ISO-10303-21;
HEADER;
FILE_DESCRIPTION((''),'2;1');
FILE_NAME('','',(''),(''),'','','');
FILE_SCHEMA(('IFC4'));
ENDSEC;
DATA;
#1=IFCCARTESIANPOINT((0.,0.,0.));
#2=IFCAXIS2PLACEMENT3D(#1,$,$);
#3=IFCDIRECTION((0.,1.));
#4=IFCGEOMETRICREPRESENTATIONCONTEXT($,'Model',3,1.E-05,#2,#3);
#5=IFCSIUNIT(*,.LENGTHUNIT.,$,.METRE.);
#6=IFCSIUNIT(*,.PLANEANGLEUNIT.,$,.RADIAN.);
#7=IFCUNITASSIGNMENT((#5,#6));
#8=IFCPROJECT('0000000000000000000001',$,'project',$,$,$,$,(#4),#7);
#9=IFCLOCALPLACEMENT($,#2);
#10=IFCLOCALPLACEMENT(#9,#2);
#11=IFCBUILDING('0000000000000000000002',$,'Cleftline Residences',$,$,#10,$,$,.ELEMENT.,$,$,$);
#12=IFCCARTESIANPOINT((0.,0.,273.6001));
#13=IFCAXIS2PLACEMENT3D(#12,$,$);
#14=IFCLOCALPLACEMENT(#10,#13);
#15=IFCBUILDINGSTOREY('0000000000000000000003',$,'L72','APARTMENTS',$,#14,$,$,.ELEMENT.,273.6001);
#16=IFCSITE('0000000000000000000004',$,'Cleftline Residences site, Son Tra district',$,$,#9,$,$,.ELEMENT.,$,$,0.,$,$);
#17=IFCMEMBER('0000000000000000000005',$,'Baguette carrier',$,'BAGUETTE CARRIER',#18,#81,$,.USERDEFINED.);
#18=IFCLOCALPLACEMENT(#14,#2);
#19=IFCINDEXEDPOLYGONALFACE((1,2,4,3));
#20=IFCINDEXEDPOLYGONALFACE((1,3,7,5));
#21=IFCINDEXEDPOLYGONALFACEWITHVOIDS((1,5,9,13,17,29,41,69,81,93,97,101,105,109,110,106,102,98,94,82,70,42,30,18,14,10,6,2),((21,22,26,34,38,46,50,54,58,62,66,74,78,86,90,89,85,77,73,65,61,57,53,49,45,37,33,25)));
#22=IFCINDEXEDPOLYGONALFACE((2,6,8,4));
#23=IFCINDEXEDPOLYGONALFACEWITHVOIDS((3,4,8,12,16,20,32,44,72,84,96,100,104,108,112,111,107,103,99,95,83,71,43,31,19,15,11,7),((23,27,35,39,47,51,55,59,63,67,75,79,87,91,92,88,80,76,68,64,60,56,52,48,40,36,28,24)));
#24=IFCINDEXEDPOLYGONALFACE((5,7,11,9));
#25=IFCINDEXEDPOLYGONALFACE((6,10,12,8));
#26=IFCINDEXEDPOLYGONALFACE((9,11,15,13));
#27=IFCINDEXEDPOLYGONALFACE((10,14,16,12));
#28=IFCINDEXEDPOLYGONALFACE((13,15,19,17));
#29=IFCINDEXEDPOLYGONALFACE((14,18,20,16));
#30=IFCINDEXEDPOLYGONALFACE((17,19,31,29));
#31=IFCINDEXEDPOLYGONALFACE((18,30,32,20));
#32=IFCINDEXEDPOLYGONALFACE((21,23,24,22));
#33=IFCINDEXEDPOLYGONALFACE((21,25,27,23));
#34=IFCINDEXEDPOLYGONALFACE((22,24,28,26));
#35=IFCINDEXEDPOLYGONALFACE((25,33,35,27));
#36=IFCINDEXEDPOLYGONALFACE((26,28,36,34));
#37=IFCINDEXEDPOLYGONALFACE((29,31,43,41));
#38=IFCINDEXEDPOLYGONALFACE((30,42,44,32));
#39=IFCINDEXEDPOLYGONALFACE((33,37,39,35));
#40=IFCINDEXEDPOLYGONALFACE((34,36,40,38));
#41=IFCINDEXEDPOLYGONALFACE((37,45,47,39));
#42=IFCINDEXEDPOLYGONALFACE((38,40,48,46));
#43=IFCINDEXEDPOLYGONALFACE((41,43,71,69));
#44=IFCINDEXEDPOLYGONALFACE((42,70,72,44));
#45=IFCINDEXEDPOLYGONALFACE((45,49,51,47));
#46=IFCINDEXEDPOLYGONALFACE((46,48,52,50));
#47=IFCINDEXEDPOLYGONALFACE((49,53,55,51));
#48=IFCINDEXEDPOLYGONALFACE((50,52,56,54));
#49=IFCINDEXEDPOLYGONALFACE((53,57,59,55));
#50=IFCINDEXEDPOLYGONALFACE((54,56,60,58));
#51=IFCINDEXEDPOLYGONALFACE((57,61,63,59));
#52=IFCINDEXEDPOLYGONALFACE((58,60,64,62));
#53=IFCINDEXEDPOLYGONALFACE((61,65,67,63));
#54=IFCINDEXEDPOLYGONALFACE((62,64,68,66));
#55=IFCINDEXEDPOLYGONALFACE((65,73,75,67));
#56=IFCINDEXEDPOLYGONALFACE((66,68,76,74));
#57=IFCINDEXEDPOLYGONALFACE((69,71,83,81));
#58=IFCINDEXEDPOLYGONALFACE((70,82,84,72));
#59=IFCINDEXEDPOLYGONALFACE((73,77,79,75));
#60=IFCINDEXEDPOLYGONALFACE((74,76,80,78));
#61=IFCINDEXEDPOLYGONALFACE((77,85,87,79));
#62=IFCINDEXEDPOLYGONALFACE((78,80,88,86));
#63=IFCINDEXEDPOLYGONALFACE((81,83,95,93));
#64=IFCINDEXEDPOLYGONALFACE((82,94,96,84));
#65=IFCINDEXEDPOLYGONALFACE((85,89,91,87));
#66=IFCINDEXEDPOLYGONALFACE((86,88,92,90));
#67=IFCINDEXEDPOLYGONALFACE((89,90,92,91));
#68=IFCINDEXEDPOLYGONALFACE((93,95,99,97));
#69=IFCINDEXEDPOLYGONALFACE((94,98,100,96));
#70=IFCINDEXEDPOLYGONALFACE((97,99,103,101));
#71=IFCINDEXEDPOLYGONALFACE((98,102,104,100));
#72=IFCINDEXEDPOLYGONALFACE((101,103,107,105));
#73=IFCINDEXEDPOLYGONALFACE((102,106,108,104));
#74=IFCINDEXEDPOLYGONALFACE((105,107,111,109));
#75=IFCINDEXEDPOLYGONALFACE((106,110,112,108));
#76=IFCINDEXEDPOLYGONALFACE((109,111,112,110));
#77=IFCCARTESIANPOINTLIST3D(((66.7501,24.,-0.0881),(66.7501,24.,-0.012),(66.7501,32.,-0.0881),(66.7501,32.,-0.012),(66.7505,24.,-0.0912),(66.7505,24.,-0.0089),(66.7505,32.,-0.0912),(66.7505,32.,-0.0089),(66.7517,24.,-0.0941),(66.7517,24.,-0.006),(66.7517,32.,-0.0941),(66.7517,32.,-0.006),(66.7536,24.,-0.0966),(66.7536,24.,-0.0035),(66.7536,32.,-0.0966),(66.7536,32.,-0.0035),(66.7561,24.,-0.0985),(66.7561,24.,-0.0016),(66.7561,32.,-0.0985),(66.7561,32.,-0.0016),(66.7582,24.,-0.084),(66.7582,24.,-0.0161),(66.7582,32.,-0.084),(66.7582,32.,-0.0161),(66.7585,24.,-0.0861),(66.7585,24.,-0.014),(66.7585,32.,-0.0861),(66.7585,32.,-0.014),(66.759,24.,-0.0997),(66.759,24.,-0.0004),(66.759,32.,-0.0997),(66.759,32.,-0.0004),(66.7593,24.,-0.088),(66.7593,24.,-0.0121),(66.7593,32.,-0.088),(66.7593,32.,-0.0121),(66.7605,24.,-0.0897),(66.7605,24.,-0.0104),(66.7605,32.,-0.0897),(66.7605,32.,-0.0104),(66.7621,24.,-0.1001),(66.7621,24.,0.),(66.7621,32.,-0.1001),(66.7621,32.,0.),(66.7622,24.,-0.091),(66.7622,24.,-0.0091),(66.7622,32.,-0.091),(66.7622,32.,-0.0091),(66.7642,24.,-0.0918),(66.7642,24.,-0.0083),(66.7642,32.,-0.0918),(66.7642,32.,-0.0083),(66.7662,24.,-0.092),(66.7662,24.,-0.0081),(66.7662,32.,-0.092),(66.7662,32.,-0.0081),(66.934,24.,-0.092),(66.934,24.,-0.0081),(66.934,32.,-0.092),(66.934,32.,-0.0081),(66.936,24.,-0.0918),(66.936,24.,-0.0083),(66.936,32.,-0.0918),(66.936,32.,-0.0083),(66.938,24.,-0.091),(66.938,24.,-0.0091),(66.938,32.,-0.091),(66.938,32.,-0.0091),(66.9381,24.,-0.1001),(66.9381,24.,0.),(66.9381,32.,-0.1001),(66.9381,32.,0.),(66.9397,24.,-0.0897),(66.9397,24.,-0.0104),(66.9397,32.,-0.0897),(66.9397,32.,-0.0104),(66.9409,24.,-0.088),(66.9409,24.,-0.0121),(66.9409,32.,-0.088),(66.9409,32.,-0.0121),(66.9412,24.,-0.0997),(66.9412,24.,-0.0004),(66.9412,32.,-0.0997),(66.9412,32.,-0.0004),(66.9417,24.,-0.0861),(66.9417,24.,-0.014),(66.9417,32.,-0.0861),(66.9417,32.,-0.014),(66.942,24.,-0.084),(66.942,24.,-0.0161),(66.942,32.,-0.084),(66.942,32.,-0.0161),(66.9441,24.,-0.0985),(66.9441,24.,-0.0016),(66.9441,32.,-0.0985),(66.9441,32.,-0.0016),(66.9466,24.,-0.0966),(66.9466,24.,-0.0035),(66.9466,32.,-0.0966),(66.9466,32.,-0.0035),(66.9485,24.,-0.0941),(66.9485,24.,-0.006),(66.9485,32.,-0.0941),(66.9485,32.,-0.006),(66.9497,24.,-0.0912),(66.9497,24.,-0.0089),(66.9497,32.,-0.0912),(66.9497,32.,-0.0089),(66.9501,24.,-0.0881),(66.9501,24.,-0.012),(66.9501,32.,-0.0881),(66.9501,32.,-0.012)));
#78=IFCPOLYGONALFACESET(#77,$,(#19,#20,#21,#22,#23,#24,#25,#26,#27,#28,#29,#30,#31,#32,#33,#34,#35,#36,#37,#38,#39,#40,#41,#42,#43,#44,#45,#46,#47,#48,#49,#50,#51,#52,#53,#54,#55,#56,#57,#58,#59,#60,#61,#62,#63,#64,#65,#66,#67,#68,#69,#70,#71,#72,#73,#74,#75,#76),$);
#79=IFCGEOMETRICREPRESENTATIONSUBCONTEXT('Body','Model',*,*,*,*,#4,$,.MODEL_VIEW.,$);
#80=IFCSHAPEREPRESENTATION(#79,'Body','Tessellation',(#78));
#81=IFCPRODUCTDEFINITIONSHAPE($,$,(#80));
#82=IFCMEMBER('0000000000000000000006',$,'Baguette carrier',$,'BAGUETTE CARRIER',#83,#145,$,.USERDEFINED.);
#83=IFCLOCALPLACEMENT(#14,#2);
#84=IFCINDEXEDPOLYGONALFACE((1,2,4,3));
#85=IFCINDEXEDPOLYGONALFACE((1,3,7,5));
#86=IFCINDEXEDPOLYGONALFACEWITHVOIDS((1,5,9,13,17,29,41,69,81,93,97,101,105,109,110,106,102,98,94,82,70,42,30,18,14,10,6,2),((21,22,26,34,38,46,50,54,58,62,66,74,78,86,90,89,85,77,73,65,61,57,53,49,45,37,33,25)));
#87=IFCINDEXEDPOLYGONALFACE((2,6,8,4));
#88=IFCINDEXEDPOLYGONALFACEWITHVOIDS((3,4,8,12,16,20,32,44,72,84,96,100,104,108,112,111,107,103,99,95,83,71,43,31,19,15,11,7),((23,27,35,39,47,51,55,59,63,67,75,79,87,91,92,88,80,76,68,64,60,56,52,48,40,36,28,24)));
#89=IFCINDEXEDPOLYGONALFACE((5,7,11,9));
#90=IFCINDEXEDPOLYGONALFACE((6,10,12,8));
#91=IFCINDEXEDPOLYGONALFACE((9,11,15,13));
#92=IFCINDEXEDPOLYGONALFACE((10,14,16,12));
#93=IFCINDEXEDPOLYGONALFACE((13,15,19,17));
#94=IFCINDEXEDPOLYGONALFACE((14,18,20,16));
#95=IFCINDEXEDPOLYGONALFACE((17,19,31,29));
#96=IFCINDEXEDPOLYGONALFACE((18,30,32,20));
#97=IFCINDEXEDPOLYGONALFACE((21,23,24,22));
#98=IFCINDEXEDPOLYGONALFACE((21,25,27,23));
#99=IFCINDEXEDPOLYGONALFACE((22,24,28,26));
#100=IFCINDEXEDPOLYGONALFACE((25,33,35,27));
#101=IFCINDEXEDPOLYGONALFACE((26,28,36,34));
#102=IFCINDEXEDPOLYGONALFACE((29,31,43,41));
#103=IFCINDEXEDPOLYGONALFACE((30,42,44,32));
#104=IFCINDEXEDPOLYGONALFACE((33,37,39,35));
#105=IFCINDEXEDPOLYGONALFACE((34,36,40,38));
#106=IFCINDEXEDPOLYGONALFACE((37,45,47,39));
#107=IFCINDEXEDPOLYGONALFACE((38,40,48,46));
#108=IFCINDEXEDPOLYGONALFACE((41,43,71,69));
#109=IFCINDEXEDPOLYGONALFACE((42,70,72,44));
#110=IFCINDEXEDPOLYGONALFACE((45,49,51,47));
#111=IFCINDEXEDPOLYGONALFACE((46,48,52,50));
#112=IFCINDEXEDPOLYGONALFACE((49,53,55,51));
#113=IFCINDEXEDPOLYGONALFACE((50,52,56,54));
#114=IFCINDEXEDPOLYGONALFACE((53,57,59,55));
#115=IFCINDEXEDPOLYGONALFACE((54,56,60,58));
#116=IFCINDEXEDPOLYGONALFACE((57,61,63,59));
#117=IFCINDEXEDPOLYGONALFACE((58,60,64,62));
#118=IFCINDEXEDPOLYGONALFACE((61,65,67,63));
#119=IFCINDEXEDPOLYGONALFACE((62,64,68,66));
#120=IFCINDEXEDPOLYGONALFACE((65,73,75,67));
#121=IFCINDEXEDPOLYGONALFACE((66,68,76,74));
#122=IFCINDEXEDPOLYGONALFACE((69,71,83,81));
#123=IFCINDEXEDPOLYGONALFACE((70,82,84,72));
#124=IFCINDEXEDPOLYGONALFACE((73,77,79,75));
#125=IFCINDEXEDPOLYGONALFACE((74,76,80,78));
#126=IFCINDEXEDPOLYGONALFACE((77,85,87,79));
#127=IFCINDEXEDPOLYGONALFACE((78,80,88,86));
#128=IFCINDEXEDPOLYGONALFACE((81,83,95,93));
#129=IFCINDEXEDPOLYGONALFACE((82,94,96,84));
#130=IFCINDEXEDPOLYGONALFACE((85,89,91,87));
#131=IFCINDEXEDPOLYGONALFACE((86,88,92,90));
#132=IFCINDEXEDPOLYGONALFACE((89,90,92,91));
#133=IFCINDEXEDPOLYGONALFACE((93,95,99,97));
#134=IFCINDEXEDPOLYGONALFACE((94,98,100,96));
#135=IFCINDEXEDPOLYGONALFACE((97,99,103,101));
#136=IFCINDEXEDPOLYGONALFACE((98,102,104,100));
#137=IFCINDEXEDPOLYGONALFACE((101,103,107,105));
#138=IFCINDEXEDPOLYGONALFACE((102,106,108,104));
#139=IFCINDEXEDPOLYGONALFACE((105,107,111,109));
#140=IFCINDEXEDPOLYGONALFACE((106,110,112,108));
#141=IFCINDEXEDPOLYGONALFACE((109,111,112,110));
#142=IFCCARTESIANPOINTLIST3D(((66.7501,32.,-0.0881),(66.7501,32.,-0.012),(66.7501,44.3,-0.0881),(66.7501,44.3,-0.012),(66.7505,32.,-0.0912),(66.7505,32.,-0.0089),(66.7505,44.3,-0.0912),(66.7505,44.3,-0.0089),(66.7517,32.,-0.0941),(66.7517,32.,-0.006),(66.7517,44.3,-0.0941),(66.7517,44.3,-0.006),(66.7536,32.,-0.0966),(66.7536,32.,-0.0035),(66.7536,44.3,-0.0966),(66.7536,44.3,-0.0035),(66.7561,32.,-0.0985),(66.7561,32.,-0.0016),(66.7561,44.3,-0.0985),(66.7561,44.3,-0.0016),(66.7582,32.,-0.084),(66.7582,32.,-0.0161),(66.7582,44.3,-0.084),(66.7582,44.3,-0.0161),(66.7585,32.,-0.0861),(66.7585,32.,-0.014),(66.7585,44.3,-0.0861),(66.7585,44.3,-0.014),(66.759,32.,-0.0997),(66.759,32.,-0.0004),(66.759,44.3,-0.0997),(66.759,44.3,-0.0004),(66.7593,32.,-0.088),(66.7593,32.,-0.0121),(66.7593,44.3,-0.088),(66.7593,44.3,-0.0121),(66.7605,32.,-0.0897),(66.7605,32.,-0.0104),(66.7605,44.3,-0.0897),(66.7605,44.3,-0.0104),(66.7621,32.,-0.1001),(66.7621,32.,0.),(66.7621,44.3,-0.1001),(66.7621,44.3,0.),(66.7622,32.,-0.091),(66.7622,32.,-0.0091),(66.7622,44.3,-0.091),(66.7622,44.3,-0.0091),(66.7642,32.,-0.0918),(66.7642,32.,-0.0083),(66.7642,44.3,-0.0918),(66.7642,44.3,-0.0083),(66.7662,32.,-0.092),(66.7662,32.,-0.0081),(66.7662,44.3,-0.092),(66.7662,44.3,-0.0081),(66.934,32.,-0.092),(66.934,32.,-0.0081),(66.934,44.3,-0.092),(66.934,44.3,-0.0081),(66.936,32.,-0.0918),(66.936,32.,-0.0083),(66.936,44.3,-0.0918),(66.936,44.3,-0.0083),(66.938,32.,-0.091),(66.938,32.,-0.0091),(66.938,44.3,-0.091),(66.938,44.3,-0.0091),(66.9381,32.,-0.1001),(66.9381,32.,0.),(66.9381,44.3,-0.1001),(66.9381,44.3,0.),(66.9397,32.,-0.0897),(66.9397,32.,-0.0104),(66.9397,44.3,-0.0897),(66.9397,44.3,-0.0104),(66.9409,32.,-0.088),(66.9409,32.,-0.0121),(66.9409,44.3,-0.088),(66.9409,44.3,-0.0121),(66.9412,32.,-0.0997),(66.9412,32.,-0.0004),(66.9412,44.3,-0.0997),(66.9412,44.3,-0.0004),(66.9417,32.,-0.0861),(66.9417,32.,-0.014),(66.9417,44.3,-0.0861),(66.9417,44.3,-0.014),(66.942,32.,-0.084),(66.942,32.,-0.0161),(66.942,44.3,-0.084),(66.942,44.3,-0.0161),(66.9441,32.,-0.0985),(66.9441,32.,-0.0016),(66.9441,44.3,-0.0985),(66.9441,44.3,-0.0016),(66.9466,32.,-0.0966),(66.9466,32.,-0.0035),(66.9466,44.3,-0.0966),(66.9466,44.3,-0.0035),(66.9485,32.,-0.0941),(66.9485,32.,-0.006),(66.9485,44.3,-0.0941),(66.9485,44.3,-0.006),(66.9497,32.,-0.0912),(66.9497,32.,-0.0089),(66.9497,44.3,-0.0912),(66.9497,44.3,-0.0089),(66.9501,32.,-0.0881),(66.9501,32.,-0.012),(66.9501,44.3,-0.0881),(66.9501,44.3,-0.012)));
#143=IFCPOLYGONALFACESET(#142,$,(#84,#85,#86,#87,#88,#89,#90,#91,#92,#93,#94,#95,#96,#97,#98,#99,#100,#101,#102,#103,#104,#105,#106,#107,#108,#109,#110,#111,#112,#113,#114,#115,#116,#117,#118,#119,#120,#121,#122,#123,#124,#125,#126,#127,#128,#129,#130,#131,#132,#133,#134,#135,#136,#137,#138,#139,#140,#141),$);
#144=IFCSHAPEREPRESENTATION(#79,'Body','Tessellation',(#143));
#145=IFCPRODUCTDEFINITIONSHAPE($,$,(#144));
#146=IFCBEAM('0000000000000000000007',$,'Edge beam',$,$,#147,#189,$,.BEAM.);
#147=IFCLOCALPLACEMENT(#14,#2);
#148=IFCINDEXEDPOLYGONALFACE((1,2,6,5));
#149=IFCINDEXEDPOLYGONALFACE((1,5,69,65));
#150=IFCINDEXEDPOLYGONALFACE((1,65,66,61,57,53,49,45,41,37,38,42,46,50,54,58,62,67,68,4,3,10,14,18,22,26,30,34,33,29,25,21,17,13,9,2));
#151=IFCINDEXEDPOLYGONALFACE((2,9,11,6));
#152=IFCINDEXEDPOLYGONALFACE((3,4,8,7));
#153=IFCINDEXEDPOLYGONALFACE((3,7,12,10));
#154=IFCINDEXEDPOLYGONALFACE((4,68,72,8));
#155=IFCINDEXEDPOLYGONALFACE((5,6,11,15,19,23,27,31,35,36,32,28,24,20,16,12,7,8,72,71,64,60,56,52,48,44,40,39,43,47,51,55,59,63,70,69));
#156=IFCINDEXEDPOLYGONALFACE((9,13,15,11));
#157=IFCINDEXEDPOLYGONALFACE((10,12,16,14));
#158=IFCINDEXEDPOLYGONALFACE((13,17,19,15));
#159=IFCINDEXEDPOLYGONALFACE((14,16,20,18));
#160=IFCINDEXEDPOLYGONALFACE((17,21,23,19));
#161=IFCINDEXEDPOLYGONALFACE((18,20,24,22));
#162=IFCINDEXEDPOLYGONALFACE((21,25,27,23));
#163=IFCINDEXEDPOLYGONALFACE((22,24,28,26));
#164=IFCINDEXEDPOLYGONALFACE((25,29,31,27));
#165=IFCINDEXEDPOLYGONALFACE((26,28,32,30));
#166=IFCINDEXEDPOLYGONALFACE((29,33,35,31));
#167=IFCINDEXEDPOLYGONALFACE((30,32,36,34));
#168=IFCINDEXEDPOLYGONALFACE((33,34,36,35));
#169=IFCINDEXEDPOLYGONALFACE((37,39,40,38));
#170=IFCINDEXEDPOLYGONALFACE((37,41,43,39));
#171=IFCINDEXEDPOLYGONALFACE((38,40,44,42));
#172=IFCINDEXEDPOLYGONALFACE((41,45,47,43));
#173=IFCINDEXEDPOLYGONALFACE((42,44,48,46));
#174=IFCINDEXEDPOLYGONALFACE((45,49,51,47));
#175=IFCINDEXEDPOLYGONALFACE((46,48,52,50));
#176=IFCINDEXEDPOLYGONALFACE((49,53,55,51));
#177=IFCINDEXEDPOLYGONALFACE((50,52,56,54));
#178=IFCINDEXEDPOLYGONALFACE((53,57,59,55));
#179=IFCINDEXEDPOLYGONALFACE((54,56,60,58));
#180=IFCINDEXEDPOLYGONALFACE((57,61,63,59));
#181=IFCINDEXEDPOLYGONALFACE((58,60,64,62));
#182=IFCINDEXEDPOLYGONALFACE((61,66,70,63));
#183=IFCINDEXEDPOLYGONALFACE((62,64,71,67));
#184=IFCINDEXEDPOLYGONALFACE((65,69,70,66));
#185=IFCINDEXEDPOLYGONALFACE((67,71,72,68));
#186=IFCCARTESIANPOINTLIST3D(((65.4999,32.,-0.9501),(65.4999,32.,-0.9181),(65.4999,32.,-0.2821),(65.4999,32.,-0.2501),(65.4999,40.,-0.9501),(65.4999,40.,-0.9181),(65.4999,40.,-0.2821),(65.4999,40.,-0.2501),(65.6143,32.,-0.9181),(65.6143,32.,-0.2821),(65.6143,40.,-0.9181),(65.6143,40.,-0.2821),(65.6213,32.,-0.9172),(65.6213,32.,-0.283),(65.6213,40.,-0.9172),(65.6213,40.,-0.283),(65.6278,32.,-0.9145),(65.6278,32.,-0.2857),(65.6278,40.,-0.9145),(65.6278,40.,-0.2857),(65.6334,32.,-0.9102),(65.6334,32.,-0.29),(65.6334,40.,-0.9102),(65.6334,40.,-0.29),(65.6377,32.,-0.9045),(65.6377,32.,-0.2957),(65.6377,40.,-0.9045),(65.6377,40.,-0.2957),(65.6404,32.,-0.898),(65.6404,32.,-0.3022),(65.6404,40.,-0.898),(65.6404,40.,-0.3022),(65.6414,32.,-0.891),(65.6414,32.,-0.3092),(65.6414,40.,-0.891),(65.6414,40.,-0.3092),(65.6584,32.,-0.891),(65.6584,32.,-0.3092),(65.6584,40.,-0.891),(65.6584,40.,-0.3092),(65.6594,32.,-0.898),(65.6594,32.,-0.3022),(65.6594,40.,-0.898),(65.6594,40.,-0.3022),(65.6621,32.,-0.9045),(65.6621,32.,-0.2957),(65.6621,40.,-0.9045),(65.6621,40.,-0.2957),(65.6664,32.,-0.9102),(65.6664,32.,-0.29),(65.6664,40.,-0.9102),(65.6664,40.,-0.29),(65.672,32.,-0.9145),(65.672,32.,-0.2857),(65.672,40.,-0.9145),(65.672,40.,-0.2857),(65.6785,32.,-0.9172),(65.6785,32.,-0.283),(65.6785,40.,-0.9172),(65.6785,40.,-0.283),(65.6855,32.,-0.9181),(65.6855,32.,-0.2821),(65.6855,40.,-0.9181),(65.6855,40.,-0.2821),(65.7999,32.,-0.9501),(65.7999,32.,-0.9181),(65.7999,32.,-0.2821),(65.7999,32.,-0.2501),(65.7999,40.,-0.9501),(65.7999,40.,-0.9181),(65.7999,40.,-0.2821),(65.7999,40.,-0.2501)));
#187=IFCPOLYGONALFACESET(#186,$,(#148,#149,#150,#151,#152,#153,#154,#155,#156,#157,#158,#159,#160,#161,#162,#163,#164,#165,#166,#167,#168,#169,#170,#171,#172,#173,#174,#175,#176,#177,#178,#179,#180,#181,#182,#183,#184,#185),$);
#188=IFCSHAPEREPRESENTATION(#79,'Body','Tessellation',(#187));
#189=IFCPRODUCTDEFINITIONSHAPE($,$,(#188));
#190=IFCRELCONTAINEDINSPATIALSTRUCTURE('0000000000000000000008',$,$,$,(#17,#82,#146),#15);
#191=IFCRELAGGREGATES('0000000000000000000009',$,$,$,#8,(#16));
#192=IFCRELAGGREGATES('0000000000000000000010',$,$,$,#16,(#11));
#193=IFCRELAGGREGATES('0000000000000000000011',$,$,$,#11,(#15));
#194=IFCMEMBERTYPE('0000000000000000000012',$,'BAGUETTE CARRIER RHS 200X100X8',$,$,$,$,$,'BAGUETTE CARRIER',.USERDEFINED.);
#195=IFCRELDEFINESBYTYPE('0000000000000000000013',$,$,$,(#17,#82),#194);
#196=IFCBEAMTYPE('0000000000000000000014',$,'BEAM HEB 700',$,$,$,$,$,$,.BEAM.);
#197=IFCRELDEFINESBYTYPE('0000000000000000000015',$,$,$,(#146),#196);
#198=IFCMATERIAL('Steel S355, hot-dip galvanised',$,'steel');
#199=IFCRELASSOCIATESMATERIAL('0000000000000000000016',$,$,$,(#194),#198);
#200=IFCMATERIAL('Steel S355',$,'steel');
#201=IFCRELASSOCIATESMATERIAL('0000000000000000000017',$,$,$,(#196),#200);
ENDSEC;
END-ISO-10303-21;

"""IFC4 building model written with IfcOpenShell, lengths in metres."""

from ifc_helpers import new_model, si_unit, direction, frame, origin, origin_2d, place, context, subcontext, project, spatial, hollow_rectangle, i_section, extrude, material, material_profile, profile_set, type_object, element, save


model = new_model("IFC4")

# Units and contexts
model_context = context("Model", 3, precision=1e-05, world=origin(), true_north=direction((0.0, 1.0)))
body_context = subcontext(model_context, "Body", "Model", "MODEL_VIEW")
ifc_project = project(units=[si_unit("LENGTHUNIT", "METRE"), si_unit("PLANEANGLEUNIT", "RADIAN")], contexts=[model_context])

# Site, building, storey
site_placement = place(None, origin())
site = spatial("IfcSite", under=ifc_project, at=site_placement, Name="Cleftline Residences site, Son Tra district", CompositionType="ELEMENT", RefElevation=0.0)
building_placement = place(site_placement, origin())
building = spatial("IfcBuilding", under=site, at=building_placement, Name="Cleftline Residences", CompositionType="ELEMENT")
storey_placement = place(building_placement, frame((0.0, 0.0, 273.6001)))
storey = spatial("IfcBuildingStorey", under=building, at=storey_placement, Name="L72", Description="APARTMENTS", CompositionType="ELEMENT", Elevation=273.6001)

# Members
ifc_material_1 = material(Name="Steel S355, hot-dip galvanised", Category="steel")
ifc_material_profile_1 = material_profile(ifc_material_1, hollow_rectangle(XDim=0.1001, YDim=0.2, WallThickness=0.0081, InnerFilletRadius=0.0081, OuterFilletRadius=0.012, at=origin_2d()))
ifc_profile_set_1 = profile_set([ifc_material_profile_1], Name="Steel S355, hot-dip galvanised")
member_type_1 = type_object("IfcMemberType", Name="BAGUETTE CARRIER RHS 200X100X8", ElementType="BAGUETTE CARRIER", PredefinedType="USERDEFINED", material=ifc_profile_set_1)
member_1_placement = place(storey_placement, frame((66.8501, 24.0, -0.05), z_axis=(0.0, 1.0, 0.0), x_axis=(0.0, 0.0, 1.0)))
element("IfcMember", 1, at=member_1_placement, inside=storey, type_object=member_type_1, Name="Baguette carrier", ObjectType="BAGUETTE CARRIER", PredefinedType="USERDEFINED", context=body_context, shape_type="SweptSolid", body=[
    extrude(hollow_rectangle(XDim=0.1001, YDim=0.2, WallThickness=0.0081, InnerFilletRadius=0.0081, OuterFilletRadius=0.012, at=origin_2d()), origin(), (0.0, 0.0, 1.0), 8.0),
])
member_2_placement = place(storey_placement, frame((66.8501, 32.0, -0.05), z_axis=(0.0, 1.0, 0.0), x_axis=(0.0, 0.0, 1.0)))
element("IfcMember", 2, at=member_2_placement, inside=storey, type_object=member_type_1, Name="Baguette carrier", ObjectType="BAGUETTE CARRIER", PredefinedType="USERDEFINED", context=body_context, shape_type="SweptSolid", body=[
    extrude(hollow_rectangle(XDim=0.1001, YDim=0.2, WallThickness=0.0081, InnerFilletRadius=0.0081, OuterFilletRadius=0.012, at=origin_2d()), origin(), (0.0, 0.0, 1.0), 12.3),
])

# Beam
ifc_material_2 = material(Name="Steel S355", Category="steel")
ifc_material_profile_2 = material_profile(ifc_material_2, i_section(OverallWidth=0.3, OverallDepth=0.7, WebThickness=0.0171, FlangeThickness=0.032, FilletRadius=0.0271, at=origin_2d()))
ifc_profile_set_2 = profile_set([ifc_material_profile_2], Name="Steel S355")
beam_type_1 = type_object("IfcBeamType", Name="BEAM HEB 700", PredefinedType="BEAM", material=ifc_profile_set_2)
beam_1_placement = place(storey_placement, frame((65.6499, 32.0, -0.6001), z_axis=(0.0, 1.0, 0.0), x_axis=(-1.0, 0.0, 0.0)))
element("IfcBeam", 3, at=beam_1_placement, inside=storey, type_object=beam_type_1, Name="Edge beam", PredefinedType="BEAM", context=body_context, shape_type="SweptSolid", body=[
    extrude(i_section(OverallWidth=0.3, OverallDepth=0.7, WebThickness=0.0171, FlangeThickness=0.032, FilletRadius=0.0271, at=origin_2d()), origin(), (0.0, 0.0, 1.0), 8.0),
])

save(model, "model.ifc")
